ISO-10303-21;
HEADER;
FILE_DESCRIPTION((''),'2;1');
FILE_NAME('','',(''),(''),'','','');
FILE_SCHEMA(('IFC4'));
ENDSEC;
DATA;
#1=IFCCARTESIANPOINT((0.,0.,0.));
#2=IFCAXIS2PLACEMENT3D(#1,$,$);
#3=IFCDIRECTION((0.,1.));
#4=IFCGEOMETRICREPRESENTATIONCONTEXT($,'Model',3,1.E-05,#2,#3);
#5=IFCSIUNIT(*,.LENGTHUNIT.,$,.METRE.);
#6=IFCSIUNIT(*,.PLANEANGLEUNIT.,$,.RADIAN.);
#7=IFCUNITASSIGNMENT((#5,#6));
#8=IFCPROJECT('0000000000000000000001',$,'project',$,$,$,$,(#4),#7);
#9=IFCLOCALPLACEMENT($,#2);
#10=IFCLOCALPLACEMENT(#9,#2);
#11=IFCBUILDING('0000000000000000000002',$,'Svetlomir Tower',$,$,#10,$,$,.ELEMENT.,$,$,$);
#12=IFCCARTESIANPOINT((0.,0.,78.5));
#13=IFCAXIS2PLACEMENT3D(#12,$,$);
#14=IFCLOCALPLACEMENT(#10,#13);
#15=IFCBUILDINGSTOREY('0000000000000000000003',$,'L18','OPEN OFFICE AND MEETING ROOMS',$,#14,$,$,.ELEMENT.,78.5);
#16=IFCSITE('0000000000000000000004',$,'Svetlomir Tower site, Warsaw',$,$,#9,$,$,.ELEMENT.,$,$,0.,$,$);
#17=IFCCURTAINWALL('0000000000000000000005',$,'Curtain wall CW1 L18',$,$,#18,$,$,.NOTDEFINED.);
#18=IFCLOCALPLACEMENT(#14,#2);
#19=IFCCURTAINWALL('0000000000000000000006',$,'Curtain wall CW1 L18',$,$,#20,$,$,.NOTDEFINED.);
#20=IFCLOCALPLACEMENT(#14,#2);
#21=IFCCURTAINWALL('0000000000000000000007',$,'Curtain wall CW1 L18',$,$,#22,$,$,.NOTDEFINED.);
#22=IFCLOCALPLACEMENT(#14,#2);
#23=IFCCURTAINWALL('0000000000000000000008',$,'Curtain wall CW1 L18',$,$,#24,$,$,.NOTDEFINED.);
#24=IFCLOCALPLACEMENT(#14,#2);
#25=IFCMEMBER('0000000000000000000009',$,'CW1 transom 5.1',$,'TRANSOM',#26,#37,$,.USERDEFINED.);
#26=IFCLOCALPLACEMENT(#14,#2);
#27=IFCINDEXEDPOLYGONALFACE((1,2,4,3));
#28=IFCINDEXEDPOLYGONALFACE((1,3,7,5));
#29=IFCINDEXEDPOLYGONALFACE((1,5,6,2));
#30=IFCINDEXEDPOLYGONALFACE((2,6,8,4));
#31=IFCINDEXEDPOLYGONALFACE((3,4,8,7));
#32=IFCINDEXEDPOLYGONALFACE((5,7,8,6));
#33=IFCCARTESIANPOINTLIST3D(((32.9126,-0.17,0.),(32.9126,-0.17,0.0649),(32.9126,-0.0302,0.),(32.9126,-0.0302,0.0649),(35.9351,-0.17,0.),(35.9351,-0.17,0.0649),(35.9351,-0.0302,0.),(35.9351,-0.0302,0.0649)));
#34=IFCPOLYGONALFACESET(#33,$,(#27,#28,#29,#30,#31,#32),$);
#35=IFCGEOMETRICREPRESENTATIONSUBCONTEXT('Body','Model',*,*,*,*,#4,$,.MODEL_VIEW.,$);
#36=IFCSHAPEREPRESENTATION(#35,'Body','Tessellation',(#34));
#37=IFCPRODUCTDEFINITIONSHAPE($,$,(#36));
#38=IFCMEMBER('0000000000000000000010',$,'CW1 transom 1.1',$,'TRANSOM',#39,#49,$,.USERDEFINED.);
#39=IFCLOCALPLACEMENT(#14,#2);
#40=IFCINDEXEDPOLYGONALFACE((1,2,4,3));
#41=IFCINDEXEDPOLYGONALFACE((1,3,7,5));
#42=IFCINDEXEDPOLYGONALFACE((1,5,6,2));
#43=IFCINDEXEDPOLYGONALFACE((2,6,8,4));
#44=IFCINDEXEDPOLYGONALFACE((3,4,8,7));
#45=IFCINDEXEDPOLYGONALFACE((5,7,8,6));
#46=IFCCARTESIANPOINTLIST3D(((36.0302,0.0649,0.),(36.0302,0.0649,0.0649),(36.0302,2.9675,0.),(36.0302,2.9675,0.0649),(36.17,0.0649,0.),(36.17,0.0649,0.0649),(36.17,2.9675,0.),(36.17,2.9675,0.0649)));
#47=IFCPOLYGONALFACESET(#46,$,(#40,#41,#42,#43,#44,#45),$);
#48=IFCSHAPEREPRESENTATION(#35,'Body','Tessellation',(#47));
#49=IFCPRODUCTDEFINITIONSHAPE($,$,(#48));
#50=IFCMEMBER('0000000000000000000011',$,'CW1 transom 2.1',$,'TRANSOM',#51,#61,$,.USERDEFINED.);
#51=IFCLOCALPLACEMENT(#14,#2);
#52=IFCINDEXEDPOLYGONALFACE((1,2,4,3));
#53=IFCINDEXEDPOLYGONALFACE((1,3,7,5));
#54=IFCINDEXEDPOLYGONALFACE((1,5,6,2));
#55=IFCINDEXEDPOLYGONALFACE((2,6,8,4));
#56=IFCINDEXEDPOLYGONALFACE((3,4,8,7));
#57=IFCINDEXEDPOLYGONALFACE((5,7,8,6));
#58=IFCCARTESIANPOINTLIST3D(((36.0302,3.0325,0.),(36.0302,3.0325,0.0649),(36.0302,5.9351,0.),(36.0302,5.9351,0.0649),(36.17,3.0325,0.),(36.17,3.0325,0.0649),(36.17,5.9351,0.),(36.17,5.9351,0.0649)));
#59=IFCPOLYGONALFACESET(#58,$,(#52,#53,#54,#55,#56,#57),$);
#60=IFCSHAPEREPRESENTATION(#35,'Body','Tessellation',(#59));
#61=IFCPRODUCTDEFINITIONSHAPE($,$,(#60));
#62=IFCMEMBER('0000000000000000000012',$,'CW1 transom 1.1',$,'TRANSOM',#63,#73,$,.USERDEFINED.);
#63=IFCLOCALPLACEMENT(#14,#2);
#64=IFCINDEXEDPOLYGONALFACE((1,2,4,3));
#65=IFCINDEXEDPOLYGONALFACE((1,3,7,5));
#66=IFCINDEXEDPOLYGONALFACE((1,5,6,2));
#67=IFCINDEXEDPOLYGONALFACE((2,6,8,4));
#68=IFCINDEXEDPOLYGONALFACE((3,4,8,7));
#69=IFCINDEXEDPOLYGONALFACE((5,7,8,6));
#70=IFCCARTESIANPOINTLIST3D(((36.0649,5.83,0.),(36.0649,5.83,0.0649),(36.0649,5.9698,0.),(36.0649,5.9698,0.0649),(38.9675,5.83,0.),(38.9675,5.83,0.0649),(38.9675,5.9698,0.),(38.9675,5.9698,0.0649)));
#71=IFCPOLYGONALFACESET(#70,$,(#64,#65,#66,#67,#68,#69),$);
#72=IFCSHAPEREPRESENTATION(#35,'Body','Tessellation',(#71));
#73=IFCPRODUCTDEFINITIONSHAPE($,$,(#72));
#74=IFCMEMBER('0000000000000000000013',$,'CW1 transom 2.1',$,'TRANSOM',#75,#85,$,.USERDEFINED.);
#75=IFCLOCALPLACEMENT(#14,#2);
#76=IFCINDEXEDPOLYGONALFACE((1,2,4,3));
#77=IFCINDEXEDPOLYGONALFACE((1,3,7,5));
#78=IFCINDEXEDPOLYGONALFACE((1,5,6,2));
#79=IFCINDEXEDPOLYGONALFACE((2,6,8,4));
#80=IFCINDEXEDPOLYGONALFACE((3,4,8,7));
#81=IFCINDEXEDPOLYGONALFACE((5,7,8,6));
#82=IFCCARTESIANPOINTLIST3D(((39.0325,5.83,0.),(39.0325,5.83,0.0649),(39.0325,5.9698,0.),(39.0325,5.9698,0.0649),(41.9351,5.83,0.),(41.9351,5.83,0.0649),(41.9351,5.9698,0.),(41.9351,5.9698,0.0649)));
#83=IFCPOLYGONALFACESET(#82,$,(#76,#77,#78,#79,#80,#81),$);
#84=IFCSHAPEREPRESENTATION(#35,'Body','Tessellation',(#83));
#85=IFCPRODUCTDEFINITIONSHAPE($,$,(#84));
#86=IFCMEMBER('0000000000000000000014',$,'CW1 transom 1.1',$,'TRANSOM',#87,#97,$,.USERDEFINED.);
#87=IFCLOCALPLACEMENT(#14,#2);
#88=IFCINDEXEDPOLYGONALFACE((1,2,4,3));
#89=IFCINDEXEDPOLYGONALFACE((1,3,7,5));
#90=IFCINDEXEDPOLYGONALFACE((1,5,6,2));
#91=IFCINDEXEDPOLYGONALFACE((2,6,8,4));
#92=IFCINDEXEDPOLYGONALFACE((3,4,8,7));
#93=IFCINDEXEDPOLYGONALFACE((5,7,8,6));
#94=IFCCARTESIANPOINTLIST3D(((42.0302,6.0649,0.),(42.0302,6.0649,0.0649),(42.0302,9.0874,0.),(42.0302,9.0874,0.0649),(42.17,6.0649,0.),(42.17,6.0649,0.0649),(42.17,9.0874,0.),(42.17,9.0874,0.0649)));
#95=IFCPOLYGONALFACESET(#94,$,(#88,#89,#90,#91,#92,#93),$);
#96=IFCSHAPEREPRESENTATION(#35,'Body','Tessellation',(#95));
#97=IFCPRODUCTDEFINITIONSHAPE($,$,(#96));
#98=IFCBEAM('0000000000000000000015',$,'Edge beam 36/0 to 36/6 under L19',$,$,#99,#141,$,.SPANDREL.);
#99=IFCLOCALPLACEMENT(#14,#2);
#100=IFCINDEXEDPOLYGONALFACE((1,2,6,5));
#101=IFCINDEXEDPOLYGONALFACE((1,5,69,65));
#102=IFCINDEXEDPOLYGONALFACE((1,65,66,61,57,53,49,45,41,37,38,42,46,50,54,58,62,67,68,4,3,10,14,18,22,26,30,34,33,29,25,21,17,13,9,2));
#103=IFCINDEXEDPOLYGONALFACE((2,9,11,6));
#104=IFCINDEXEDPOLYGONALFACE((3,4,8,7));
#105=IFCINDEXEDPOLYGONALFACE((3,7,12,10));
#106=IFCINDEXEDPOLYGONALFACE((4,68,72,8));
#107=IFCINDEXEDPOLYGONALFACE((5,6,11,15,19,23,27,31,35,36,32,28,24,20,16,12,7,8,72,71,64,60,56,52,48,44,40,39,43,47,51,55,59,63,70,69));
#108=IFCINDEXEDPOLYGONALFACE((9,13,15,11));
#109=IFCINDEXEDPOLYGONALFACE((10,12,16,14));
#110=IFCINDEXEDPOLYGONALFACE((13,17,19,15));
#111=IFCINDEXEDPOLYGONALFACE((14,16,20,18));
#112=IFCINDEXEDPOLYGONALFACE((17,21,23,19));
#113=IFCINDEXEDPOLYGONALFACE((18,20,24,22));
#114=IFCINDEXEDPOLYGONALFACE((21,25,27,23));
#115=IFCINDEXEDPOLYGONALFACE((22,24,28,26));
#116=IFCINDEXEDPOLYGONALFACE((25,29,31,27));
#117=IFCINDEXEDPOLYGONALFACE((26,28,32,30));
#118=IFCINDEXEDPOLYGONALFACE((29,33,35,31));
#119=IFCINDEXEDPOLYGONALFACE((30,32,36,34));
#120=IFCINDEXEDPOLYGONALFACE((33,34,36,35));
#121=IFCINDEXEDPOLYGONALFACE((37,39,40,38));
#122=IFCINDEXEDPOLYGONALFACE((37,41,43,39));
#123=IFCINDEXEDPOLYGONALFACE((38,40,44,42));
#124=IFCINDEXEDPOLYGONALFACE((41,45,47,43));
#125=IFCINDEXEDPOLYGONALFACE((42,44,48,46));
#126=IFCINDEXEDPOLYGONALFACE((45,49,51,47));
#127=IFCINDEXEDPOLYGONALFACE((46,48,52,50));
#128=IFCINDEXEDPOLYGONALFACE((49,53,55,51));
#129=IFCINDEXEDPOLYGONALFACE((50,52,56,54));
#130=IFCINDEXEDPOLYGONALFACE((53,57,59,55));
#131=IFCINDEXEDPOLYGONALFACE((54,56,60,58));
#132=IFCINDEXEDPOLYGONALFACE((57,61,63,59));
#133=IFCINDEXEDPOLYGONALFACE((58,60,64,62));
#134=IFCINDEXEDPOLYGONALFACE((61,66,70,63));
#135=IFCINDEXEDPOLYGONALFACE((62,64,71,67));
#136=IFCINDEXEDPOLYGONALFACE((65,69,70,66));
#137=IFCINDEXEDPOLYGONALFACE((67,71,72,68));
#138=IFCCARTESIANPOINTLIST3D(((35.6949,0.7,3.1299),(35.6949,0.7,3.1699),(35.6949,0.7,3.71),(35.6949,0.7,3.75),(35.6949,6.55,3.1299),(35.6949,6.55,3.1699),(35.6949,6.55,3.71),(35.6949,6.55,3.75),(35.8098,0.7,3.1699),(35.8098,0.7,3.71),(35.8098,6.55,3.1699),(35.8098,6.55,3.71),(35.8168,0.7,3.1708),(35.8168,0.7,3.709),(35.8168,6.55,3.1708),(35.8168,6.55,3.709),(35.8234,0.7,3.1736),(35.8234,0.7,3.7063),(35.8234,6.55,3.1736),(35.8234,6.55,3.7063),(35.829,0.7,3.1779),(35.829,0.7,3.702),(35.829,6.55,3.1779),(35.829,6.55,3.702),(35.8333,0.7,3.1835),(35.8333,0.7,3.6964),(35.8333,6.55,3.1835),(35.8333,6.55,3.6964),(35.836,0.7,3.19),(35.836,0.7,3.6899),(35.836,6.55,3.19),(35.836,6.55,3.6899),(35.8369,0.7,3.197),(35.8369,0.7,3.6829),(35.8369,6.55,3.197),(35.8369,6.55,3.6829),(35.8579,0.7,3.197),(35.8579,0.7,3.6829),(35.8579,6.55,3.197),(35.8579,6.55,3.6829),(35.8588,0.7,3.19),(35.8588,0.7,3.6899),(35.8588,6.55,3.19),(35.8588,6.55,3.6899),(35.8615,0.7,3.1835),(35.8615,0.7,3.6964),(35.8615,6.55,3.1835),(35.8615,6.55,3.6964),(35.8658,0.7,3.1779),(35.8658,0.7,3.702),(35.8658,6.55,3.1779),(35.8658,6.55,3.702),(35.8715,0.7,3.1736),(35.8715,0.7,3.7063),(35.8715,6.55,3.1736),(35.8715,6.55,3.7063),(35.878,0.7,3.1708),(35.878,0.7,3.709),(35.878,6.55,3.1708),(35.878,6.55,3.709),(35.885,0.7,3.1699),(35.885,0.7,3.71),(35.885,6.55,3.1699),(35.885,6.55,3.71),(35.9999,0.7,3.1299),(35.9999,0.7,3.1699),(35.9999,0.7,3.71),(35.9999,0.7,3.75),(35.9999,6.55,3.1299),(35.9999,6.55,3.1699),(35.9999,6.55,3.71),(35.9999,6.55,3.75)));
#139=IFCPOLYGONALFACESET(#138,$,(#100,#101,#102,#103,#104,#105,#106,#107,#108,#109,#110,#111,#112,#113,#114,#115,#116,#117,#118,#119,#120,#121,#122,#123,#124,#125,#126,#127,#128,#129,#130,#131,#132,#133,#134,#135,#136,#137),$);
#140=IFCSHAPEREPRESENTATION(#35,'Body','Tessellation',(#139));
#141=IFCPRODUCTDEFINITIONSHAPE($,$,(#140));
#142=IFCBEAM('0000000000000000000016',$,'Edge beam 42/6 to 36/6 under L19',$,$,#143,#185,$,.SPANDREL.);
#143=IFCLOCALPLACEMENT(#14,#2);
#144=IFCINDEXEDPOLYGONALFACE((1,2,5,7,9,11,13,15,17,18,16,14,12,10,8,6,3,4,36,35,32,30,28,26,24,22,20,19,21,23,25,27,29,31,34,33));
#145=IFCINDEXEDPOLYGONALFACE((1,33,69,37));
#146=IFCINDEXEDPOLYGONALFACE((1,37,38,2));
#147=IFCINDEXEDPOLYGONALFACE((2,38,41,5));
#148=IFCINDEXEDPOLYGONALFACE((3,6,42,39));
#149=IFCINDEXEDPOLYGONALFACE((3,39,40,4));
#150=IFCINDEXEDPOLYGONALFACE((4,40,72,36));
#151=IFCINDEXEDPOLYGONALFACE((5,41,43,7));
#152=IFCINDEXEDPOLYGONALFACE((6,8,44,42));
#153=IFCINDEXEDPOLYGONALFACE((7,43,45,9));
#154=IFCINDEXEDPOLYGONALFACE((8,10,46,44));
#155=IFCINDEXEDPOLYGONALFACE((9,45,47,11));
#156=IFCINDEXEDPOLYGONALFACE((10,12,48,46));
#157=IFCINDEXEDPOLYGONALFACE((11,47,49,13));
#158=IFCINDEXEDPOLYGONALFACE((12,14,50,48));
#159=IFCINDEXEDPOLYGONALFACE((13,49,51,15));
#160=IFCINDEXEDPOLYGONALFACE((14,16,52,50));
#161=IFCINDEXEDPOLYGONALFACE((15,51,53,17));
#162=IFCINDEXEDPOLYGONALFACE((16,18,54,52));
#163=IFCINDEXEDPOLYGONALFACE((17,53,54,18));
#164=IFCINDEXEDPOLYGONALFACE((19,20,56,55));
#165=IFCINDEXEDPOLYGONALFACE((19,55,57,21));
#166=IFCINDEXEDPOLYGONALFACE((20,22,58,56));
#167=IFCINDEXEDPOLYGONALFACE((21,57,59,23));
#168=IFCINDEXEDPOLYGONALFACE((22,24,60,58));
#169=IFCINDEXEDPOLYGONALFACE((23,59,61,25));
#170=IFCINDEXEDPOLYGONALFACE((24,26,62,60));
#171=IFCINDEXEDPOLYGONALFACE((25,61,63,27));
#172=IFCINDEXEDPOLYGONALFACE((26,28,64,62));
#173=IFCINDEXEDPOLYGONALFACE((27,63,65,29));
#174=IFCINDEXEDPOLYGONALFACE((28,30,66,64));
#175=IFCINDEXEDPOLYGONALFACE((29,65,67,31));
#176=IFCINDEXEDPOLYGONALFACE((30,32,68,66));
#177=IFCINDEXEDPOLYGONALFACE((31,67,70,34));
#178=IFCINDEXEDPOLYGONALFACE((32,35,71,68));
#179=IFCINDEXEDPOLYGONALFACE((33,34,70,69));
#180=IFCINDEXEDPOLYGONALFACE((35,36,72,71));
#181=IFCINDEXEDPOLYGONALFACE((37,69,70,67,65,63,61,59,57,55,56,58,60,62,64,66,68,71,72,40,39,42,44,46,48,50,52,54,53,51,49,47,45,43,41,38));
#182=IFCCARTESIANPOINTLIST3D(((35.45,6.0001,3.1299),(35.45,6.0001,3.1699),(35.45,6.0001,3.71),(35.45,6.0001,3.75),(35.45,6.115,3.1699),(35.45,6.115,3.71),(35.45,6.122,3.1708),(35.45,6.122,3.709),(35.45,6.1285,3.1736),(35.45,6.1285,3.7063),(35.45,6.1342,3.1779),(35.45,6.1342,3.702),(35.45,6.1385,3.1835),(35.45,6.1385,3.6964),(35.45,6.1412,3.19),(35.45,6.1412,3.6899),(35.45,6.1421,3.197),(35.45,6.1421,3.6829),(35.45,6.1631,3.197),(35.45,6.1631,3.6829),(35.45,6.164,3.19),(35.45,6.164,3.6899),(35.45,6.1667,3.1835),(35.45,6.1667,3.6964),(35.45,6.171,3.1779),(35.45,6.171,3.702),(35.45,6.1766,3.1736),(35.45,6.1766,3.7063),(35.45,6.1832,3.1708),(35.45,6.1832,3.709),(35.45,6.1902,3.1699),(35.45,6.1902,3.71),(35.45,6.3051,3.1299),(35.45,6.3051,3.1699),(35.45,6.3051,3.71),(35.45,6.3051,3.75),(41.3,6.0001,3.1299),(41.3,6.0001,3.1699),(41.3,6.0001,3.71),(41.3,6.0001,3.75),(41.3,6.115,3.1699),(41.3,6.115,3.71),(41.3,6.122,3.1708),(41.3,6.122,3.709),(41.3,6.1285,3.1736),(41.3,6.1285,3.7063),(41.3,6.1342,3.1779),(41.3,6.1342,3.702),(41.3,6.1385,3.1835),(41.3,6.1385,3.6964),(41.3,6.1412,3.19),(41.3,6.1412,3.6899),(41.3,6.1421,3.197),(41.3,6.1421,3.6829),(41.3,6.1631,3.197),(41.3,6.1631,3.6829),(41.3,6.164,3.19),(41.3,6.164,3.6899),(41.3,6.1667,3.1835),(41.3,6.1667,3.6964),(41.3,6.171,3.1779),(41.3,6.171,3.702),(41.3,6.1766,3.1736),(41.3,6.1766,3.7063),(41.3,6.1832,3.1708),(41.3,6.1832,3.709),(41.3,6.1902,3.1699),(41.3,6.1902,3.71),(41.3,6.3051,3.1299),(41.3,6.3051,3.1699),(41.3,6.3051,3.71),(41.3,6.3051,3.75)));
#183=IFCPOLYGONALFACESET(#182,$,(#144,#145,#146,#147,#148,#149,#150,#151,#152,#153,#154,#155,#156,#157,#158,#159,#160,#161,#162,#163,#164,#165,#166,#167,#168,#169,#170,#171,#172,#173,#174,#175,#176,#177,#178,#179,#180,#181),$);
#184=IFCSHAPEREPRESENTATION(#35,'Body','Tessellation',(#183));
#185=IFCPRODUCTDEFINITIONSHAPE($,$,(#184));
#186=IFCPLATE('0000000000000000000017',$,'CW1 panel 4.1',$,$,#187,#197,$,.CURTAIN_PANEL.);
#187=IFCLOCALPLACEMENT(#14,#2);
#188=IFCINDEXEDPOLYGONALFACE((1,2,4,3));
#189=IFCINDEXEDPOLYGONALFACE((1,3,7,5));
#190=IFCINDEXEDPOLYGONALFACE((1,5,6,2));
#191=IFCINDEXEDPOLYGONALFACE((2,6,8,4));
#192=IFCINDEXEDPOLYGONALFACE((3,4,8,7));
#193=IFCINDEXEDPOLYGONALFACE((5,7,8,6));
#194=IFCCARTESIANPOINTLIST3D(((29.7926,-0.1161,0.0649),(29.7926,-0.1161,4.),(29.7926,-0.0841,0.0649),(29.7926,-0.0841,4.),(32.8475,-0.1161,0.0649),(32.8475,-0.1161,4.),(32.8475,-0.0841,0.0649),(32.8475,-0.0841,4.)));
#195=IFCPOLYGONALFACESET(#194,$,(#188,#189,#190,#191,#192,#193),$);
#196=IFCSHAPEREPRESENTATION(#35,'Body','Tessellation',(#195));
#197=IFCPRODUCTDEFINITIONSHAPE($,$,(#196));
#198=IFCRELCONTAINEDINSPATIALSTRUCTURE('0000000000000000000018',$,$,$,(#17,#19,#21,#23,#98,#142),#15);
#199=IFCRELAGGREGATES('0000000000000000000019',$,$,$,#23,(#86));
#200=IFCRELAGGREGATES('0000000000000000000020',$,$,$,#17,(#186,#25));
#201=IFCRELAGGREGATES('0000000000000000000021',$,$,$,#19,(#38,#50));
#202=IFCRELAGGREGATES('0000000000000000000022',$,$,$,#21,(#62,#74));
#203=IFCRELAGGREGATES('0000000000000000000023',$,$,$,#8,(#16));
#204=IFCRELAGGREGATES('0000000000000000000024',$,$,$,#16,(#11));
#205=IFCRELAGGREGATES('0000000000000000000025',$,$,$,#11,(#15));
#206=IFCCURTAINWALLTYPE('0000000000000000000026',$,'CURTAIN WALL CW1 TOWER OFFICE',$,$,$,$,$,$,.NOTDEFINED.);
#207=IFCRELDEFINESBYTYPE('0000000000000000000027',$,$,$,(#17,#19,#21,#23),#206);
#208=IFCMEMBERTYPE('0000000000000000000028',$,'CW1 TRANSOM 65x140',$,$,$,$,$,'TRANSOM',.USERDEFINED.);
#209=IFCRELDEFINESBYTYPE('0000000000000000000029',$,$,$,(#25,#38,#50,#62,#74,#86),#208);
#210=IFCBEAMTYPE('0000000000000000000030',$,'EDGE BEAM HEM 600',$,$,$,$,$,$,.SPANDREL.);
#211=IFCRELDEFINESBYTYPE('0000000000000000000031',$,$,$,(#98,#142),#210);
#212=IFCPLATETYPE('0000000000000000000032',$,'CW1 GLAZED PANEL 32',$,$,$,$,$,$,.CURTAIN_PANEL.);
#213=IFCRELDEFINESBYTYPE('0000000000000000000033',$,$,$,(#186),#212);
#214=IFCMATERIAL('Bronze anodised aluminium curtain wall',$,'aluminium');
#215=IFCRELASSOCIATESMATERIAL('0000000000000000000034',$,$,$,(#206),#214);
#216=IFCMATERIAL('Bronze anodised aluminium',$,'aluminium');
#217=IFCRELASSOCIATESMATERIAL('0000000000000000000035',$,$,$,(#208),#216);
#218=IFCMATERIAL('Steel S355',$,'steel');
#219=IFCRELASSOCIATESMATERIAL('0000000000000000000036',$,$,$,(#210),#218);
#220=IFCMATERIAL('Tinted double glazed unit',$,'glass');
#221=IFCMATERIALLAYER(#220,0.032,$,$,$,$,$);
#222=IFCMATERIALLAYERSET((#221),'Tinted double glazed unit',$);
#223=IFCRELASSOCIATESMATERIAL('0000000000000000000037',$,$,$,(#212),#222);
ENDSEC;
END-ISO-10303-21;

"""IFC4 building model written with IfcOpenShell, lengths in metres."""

from ifc_helpers import new_model, si_unit, direction, frame, origin, origin_2d, place, context, subcontext, project, spatial, rectangle, i_section, extrude, material, layer, layer_set, material_profile, profile_set, type_object, element, aggregate, save


model = new_model("IFC4")

# Units and contexts
model_context = context("Model", 3, precision=1e-05, world=origin(), true_north=direction((0.0, 1.0)))
body_context = subcontext(model_context, "Body", "Model", "MODEL_VIEW")
ifc_project = project(units=[si_unit("LENGTHUNIT", "METRE"), si_unit("PLANEANGLEUNIT", "RADIAN")], contexts=[model_context])

# Site, building, storey
site_placement = place(None, origin())
site = spatial("IfcSite", under=ifc_project, at=site_placement, Name="Svetlomir Tower site, Warsaw", CompositionType="ELEMENT", RefElevation=0.0)
building_placement = place(site_placement, origin())
building = spatial("IfcBuilding", under=site, at=building_placement, Name="Svetlomir Tower", CompositionType="ELEMENT")
storey_placement = place(building_placement, frame((0.0, 0.0, 78.5)))
storey = spatial("IfcBuildingStorey", under=building, at=storey_placement, Name="L18", Description="OPEN OFFICE AND MEETING ROOMS", CompositionType="ELEMENT", Elevation=78.5)

# Curtain walls
ifc_material_1 = material(Name="Bronze anodised aluminium curtain wall", Category="aluminium")
curtain_wall_type = type_object("IfcCurtainWallType", Name="CURTAIN WALL CW1 TOWER OFFICE", PredefinedType="NOTDEFINED", material=ifc_material_1)
curtain_wall_1_placement = place(storey_placement, origin())
curtain_wall_1 = element("IfcCurtainWall", 1, at=curtain_wall_1_placement, inside=storey, type_object=curtain_wall_type, Name="Curtain wall CW1 L18", PredefinedType="NOTDEFINED")
curtain_wall_2_placement = place(storey_placement, origin())
curtain_wall_2 = element("IfcCurtainWall", 2, at=curtain_wall_2_placement, inside=storey, type_object=curtain_wall_type, Name="Curtain wall CW1 L18", PredefinedType="NOTDEFINED")
curtain_wall_3_placement = place(storey_placement, origin())
curtain_wall_3 = element("IfcCurtainWall", 3, at=curtain_wall_3_placement, inside=storey, type_object=curtain_wall_type, Name="Curtain wall CW1 L18", PredefinedType="NOTDEFINED")

# Curtain wall
curtain_wall_4_placement = place(storey_placement, origin())
curtain_wall_4 = element("IfcCurtainWall", 4, at=curtain_wall_4_placement, inside=storey, type_object=curtain_wall_type, Name="Curtain wall CW1 L18", PredefinedType="NOTDEFINED")

# Members
ifc_material_2 = material(Name="Bronze anodised aluminium", Category="aluminium")
ifc_material_profile_1 = material_profile(ifc_material_2, rectangle(XDim=0.1399, YDim=0.0649, at=origin_2d()), Name="AL 140x65")
ifc_profile_set_1 = profile_set([ifc_material_profile_1], Name="Bronze anodised aluminium 6063-T6")
member_type_1 = type_object("IfcMemberType", Name="CW1 TRANSOM 65x140", ElementType="TRANSOM", PredefinedType="USERDEFINED", material=ifc_profile_set_1)
member_1_placement = place(storey_placement, frame((32.9126, -0.1001, 0.0325), z_axis=(1.0, 0.0, 0.0), x_axis=(0.0, 1.0, 0.0)))
member_1 = element("IfcMember", 5, at=member_1_placement, type_object=member_type_1, Name="CW1 transom 5.1", ObjectType="TRANSOM", PredefinedType="USERDEFINED", context=body_context, shape_type="SweptSolid", body=[
    extrude(rectangle(XDim=0.1399, YDim=0.0649, at=origin_2d()), origin(), (0.0, 0.0, 1.0), 3.0225),
])
member_2_placement = place(storey_placement, frame((36.1001, 0.0649, 0.0325), z_axis=(0.0, 1.0, 0.0), x_axis=(-1.0, 0.0, 0.0)))
member_2 = element("IfcMember", 6, at=member_2_placement, type_object=member_type_1, Name="CW1 transom 1.1", ObjectType="TRANSOM", PredefinedType="USERDEFINED", context=body_context, shape_type="SweptSolid", body=[
    extrude(rectangle(XDim=0.1399, YDim=0.0649, at=origin_2d()), origin(), (0.0, 0.0, 1.0), 2.9026),
])
member_3_placement = place(storey_placement, frame((36.1001, 3.0325, 0.0325), z_axis=(0.0, 1.0, 0.0), x_axis=(-1.0, 0.0, 0.0)))
member_3 = element("IfcMember", 7, at=member_3_placement, type_object=member_type_1, Name="CW1 transom 2.1", ObjectType="TRANSOM", PredefinedType="USERDEFINED", context=body_context, shape_type="SweptSolid", body=[
    extrude(rectangle(XDim=0.1399, YDim=0.0649, at=origin_2d()), origin(), (0.0, 0.0, 1.0), 2.9026),
])
member_4_placement = place(storey_placement, frame((36.0649, 5.8999, 0.0325), z_axis=(1.0, 0.0, 0.0), x_axis=(0.0, 1.0, 0.0)))
member_4 = element("IfcMember", 8, at=member_4_placement, type_object=member_type_1, Name="CW1 transom 1.1", ObjectType="TRANSOM", PredefinedType="USERDEFINED", context=body_context, shape_type="SweptSolid", body=[
    extrude(rectangle(XDim=0.1399, YDim=0.0649, at=origin_2d()), origin(), (0.0, 0.0, 1.0), 2.9026),
])
member_5_placement = place(storey_placement, frame((39.0325, 5.8999, 0.0325), z_axis=(1.0, 0.0, 0.0), x_axis=(0.0, 1.0, 0.0)))
member_5 = element("IfcMember", 9, at=member_5_placement, type_object=member_type_1, Name="CW1 transom 2.1", ObjectType="TRANSOM", PredefinedType="USERDEFINED", context=body_context, shape_type="SweptSolid", body=[
    extrude(rectangle(XDim=0.1399, YDim=0.0649, at=origin_2d()), origin(), (0.0, 0.0, 1.0), 2.9026),
])
member_6_placement = place(storey_placement, frame((42.1001, 6.0649, 0.0325), z_axis=(0.0, 1.0, 0.0), x_axis=(-1.0, 0.0, 0.0)))
member_6 = element("IfcMember", 10, at=member_6_placement, type_object=member_type_1, Name="CW1 transom 1.1", ObjectType="TRANSOM", PredefinedType="USERDEFINED", context=body_context, shape_type="SweptSolid", body=[
    extrude(rectangle(XDim=0.1399, YDim=0.0649, at=origin_2d()), origin(), (0.0, 0.0, 1.0), 3.0225),
])
aggregate(curtain_wall_4, [member_6])

# Beams
ifc_material_3 = material(Name="Steel S355", Category="steel")
ifc_material_profile_2 = material_profile(ifc_material_3, i_section(OverallWidth=0.3049, OverallDepth=0.6201, WebThickness=0.021, FlangeThickness=0.04, FilletRadius=0.0271, at=origin_2d()), Name="HEM 600")
ifc_profile_set_2 = profile_set([ifc_material_profile_2], Name="Steel S355")
beam_type = type_object("IfcBeamType", Name="EDGE BEAM HEM 600", PredefinedType="SPANDREL", material=ifc_profile_set_2)
for number, where, z_axis, x_axis, name in (
    (11, (35.8474, 0.7, 3.4399), (0.0, 1.0, 0.0), (-1.0, 0.0, 0.0), "Edge beam 36/0 to 36/6 under L19"),
    (12, (41.3, 6.1526, 3.4399), (-1.0, 0.0, 0.0), (0.0, -1.0, 0.0), "Edge beam 42/6 to 36/6 under L19"),
):
    element("IfcBeam", number, at=place(storey_placement, frame(where, z_axis=z_axis, x_axis=x_axis)), inside=storey, type_object=beam_type, Name=name, PredefinedType="SPANDREL", context=body_context, shape_type="SweptSolid", body=[
        extrude(i_section(OverallWidth=0.3049, OverallDepth=0.6201, WebThickness=0.021, FlangeThickness=0.04, FilletRadius=0.0271, at=origin_2d()), origin(), (0.0, 0.0, 1.0), 5.8501),
    ])

# Plate
ifc_material_4 = material(Name="Tinted double glazed unit", Category="glass")
ifc_layer_1 = layer(ifc_material_4, 0.032)
ifc_layer_set_1 = layer_set([ifc_layer_1], Name="Tinted double glazed unit")
plate_type = type_object("IfcPlateType", Name="CW1 GLAZED PANEL 32", PredefinedType="CURTAIN_PANEL", material=ifc_layer_set_1)
plate_1_placement = place(storey_placement, frame((31.3201, -0.1001, 0.0649), z_axis=(0.0, 0.0, 1.0), x_axis=(1.0, 0.0, 0.0)))
plate_1 = element("IfcPlate", 13, at=plate_1_placement, type_object=plate_type, Name="CW1 panel 4.1", PredefinedType="CURTAIN_PANEL", context=body_context, shape_type="SweptSolid", body=[
    extrude(rectangle(XDim=3.0549, YDim=0.032, at=origin_2d()), origin(), (0.0, 0.0, 1.0), 3.9351),
])
aggregate(curtain_wall_1, [plate_1, member_1])
aggregate(curtain_wall_2, [member_2, member_3])
aggregate(curtain_wall_3, [member_4, member_5])

save(model, "model.ifc")
